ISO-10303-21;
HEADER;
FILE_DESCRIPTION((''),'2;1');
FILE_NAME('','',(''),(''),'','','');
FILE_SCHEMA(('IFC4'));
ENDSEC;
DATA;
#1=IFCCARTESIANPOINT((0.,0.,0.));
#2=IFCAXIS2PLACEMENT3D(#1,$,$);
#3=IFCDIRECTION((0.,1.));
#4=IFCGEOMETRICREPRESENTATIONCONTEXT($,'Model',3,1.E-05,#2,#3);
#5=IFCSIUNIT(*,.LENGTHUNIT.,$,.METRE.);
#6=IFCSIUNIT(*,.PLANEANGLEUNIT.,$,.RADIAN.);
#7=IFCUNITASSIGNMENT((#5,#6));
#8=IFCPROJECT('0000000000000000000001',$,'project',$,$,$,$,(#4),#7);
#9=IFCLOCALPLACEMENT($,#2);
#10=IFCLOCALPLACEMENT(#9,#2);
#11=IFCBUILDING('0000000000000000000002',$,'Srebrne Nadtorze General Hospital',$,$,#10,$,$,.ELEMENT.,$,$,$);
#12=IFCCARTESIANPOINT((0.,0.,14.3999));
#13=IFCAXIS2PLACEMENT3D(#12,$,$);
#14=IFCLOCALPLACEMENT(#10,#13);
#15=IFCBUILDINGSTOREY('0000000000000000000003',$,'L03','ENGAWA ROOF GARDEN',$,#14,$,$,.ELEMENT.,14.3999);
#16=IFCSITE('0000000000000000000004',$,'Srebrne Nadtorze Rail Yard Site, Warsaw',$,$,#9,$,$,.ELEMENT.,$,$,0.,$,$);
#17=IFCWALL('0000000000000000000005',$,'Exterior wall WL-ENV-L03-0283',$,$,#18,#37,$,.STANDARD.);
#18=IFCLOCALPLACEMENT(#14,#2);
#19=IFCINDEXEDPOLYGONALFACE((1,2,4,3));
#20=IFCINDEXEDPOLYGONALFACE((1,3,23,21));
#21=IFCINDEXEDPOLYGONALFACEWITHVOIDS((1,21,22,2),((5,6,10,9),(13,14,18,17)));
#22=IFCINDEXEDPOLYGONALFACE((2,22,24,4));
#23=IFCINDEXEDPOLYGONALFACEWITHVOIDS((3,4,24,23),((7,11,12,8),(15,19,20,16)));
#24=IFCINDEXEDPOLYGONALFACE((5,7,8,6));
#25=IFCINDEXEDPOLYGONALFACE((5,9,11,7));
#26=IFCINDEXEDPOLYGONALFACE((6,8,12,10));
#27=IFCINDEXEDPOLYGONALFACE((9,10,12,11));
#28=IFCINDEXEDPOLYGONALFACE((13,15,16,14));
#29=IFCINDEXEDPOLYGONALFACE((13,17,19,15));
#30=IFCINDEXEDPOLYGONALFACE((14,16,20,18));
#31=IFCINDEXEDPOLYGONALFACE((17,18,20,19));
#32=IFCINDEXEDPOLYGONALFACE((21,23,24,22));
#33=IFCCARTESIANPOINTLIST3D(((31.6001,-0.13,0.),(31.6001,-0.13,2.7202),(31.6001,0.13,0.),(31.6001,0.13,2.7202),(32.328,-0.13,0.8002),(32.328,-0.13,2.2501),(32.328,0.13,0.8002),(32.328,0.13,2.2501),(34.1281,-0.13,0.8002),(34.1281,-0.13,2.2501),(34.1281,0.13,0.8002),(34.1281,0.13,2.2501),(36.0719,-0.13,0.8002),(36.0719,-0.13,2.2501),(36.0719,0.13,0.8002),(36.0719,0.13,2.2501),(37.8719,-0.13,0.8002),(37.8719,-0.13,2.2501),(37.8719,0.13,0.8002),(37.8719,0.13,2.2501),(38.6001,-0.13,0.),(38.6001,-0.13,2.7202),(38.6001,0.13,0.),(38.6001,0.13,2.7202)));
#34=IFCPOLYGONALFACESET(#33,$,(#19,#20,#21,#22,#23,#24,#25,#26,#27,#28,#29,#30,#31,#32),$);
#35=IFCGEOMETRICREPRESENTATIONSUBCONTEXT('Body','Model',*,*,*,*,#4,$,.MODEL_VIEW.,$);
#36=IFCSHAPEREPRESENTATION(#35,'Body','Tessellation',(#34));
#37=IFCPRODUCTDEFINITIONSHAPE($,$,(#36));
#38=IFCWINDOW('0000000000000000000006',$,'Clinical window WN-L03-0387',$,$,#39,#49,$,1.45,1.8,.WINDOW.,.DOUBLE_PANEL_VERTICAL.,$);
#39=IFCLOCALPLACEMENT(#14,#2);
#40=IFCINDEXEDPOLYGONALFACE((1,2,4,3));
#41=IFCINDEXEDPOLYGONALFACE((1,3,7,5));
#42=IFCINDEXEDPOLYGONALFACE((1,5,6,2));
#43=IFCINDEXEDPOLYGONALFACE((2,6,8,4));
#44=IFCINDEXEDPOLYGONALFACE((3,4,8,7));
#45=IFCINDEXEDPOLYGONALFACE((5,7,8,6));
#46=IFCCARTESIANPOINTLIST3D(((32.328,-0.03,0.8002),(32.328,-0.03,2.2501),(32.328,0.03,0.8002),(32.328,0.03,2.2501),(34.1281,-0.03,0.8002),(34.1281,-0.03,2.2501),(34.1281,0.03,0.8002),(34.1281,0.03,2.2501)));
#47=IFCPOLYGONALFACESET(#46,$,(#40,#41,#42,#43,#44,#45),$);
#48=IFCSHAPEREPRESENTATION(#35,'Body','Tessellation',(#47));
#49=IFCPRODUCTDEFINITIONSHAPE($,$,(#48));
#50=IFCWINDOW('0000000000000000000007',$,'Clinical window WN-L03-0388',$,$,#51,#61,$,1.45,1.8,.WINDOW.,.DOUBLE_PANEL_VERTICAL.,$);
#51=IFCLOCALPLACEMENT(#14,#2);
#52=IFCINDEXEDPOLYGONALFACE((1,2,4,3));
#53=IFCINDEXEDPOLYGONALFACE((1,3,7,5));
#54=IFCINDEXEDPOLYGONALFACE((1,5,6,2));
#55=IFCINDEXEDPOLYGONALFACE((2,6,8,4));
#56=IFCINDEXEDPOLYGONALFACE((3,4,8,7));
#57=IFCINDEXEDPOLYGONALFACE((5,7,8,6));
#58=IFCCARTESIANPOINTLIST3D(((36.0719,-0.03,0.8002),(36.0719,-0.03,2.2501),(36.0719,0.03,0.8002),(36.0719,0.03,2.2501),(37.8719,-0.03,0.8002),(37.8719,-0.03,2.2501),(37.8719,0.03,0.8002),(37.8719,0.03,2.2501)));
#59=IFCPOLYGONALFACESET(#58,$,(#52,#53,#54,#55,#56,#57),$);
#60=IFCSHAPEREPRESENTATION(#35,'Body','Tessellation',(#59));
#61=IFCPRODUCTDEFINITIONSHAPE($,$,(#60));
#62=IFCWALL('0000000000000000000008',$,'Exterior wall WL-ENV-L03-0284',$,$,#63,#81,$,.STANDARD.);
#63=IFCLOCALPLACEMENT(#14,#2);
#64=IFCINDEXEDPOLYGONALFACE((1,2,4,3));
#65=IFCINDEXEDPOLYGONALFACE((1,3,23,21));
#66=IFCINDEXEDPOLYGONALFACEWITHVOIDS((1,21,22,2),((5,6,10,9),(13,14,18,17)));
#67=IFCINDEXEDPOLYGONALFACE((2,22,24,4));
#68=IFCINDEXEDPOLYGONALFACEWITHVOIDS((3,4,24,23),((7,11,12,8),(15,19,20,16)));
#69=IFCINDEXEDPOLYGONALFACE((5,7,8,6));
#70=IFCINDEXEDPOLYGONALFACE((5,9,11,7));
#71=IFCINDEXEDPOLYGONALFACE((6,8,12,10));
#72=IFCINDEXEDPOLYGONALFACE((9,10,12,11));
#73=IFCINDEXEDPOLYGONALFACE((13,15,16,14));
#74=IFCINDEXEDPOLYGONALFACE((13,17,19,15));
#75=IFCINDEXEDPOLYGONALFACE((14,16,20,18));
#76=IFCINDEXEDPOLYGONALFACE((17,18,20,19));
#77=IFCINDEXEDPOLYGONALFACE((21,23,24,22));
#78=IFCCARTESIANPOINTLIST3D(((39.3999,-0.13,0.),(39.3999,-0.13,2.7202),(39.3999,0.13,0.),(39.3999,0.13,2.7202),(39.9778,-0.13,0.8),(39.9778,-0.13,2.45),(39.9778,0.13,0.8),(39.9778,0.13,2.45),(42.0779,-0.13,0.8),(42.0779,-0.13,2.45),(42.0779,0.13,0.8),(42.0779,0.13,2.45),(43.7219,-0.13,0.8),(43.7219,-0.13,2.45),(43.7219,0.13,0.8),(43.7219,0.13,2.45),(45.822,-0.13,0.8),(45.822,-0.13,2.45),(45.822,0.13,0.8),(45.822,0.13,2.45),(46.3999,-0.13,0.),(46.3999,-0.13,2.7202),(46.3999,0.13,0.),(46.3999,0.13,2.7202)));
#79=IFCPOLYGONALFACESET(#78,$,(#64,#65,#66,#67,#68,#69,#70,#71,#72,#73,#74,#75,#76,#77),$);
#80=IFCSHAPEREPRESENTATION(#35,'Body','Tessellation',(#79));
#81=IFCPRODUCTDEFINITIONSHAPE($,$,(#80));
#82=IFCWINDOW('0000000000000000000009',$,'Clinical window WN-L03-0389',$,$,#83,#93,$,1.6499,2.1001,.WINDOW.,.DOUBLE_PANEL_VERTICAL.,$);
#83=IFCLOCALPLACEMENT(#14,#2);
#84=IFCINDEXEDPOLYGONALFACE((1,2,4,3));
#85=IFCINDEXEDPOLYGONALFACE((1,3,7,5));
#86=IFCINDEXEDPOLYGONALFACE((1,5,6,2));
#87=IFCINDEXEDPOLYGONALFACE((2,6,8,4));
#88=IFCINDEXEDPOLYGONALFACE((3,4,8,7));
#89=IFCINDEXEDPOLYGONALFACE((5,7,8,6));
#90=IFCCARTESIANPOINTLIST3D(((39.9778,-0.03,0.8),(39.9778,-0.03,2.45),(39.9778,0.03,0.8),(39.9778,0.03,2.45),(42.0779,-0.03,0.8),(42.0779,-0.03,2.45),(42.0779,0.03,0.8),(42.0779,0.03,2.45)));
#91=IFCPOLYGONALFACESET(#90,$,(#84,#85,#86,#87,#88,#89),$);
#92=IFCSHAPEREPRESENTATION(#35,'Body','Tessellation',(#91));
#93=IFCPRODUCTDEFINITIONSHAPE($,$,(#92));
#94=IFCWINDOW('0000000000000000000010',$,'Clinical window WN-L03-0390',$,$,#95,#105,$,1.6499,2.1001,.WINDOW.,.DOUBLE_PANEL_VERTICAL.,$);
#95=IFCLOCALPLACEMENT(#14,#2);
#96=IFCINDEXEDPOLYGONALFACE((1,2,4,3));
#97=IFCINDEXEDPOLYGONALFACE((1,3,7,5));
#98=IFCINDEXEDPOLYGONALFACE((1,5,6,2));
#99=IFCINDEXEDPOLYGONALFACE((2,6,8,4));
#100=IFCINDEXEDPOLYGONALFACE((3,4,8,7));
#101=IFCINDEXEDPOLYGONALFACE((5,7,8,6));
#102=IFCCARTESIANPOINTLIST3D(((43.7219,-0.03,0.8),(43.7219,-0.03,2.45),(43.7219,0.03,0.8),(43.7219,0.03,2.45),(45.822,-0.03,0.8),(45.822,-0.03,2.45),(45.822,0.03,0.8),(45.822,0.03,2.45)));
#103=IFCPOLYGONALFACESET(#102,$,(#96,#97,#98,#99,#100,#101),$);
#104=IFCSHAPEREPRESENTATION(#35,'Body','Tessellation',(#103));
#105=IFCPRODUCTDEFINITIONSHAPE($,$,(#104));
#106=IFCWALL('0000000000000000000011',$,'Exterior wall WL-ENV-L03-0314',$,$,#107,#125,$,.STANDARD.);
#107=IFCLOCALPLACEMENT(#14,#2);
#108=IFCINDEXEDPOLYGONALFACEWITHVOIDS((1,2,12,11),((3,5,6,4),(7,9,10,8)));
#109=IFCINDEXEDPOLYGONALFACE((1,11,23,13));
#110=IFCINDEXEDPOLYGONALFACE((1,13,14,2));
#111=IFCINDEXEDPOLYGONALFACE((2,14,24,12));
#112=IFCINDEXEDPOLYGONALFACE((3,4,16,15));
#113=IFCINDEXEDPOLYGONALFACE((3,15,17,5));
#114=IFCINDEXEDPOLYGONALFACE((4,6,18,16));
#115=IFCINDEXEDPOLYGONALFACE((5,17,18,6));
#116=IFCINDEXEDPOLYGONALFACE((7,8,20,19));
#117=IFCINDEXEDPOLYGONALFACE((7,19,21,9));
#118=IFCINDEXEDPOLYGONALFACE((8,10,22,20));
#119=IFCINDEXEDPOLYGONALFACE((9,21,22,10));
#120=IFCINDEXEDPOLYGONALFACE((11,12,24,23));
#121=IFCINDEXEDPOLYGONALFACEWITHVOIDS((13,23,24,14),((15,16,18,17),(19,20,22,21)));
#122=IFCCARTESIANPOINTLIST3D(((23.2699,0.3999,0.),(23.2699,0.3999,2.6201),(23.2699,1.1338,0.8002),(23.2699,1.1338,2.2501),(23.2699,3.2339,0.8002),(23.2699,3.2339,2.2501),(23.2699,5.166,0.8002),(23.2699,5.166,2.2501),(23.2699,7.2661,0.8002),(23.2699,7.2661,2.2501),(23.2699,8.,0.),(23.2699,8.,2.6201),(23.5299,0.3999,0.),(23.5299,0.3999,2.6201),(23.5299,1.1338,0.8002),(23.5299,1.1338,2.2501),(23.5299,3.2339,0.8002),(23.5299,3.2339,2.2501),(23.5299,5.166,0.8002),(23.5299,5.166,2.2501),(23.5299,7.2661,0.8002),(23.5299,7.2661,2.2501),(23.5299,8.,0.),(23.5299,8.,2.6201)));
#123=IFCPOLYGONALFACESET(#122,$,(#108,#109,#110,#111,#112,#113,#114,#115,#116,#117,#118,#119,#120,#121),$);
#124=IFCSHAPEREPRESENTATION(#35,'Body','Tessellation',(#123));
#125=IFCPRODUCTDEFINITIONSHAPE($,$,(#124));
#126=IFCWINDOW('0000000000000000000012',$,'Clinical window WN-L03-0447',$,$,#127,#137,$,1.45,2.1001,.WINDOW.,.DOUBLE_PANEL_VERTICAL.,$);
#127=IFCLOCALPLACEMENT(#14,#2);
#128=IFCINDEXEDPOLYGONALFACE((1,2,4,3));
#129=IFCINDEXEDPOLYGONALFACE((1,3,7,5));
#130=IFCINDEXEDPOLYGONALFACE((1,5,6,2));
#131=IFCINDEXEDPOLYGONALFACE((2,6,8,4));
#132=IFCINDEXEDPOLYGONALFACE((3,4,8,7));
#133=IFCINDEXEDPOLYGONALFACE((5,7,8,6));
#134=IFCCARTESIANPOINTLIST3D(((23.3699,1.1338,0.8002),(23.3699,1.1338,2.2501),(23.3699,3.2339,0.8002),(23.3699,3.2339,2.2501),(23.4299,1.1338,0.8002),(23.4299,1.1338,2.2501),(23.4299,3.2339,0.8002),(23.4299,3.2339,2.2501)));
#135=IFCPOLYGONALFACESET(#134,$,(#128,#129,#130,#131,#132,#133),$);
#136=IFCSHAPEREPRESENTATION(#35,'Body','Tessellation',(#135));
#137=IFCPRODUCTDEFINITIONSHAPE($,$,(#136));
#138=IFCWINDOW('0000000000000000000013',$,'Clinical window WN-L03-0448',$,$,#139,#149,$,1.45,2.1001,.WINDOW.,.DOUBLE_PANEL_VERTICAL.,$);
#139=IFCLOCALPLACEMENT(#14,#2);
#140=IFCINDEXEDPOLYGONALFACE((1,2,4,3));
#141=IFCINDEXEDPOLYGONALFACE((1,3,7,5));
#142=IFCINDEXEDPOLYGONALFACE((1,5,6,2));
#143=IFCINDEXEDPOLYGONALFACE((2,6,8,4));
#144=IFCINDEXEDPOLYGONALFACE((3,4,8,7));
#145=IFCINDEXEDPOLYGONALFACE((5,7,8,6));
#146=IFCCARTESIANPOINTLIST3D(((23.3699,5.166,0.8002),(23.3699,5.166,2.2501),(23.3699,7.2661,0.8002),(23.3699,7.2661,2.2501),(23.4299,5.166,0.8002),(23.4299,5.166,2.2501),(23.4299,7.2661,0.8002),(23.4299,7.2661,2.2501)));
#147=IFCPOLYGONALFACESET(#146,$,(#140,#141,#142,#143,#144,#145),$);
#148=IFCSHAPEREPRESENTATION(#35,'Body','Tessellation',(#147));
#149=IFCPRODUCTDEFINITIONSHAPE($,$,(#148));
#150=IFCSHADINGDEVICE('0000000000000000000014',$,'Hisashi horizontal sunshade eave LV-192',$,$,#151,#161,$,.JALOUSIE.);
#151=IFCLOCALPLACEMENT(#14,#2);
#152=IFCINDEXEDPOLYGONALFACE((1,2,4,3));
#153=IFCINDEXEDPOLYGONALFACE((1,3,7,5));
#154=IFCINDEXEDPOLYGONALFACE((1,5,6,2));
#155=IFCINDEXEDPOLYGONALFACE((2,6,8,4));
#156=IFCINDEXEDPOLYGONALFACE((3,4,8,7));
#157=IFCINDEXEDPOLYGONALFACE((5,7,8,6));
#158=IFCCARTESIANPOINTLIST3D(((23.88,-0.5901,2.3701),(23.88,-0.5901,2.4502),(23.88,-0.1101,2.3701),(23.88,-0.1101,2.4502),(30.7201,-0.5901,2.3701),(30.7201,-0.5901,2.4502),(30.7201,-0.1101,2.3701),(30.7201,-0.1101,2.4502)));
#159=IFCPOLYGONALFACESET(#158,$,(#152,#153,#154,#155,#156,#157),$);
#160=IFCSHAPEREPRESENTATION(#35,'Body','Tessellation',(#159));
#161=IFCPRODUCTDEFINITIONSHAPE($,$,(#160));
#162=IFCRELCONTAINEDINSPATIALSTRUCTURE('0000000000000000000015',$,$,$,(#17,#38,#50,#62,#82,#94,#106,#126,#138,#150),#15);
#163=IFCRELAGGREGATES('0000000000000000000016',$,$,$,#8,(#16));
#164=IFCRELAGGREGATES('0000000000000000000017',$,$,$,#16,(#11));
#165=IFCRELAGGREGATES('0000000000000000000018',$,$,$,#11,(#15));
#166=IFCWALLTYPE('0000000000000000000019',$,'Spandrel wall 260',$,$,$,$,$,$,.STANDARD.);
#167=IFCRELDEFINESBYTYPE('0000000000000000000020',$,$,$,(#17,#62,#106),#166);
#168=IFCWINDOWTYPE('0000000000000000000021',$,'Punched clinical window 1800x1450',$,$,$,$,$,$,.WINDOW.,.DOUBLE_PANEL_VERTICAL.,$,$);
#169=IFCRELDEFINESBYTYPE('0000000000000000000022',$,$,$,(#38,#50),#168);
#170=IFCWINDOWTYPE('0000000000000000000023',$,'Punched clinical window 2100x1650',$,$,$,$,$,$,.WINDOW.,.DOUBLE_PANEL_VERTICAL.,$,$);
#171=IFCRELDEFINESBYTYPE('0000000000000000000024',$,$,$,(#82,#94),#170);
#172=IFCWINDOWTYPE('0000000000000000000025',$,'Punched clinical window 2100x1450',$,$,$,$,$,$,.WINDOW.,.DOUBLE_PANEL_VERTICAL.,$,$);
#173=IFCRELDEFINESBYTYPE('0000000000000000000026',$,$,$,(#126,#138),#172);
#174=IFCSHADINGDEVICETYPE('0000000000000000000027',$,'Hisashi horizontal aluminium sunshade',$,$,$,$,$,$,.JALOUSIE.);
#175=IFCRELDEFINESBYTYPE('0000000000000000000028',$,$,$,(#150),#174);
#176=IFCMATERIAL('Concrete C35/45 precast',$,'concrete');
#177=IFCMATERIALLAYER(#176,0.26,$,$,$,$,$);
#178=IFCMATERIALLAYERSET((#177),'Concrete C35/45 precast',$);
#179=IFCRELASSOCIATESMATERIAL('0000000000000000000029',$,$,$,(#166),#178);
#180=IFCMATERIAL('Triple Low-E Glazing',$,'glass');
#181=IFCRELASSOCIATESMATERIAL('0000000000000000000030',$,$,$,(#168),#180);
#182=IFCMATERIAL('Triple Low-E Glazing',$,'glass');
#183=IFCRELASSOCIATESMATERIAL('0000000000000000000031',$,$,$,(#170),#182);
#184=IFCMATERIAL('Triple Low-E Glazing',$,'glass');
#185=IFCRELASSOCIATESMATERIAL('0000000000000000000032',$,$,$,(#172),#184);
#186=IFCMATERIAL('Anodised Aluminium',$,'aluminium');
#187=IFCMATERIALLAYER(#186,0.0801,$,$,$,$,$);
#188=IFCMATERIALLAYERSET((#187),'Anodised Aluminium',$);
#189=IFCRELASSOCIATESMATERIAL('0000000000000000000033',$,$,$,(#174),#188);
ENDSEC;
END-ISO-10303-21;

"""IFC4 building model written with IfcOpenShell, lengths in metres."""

from ifc_helpers import new_model, si_unit, direction, frame, frame_2d, origin, origin_2d, place, context, subcontext, project, spatial, rectangle, extrude, material, layer, layer_set, type_object, element, fill, save


model = new_model("IFC4")

# Units and contexts
model_context = context("Model", 3, precision=1e-05, world=origin(), true_north=direction((0.0, 1.0)))
body_context = subcontext(model_context, "Body", "Model", "MODEL_VIEW")
ifc_project = project(units=[si_unit("LENGTHUNIT", "METRE"), si_unit("PLANEANGLEUNIT", "RADIAN")], contexts=[model_context])

# Site, building, storey
site_placement = place(None, origin())
site = spatial("IfcSite", under=ifc_project, at=site_placement, Name="Srebrne Nadtorze Rail Yard Site, Warsaw", CompositionType="ELEMENT", RefElevation=0.0)
building_placement = place(site_placement, origin())
building = spatial("IfcBuilding", under=site, at=building_placement, Name="Srebrne Nadtorze General Hospital", CompositionType="ELEMENT")
storey_placement = place(building_placement, frame((0.0, 0.0, 14.3999)))
storey = spatial("IfcBuildingStorey", under=building, at=storey_placement, Name="L03", Description="ENGAWA ROOF GARDEN", CompositionType="ELEMENT", Elevation=14.3999)

# Walls, openings, windows
ifc_material_1 = material(Name="Concrete C35/45 precast", Category="concrete")
ifc_layer_1 = layer(ifc_material_1, 0.26)
ifc_layer_set_1 = layer_set([ifc_layer_1], Name="Concrete C35/45 precast")
wall_type = type_object("IfcWallType", Name="Spandrel wall 260", PredefinedType="STANDARD", material=ifc_layer_set_1)
wall_1_placement = place(storey_placement, frame((31.6001, 0.0, 0.0), z_axis=(0.0, 0.0, 1.0), x_axis=(1.0, 0.0, 0.0)))
wall_1 = element("IfcWall", 1, at=wall_1_placement, inside=storey, type_object=wall_type, Name="Exterior wall WL-ENV-L03-0283", PredefinedType="STANDARD", context=body_context, shape_type="SweptSolid", body=[
    extrude(rectangle(XDim=7.0, YDim=0.26, at=frame_2d((3.5, 0.0))), origin(), (0.0, 0.0, 1.0), 2.7202),
])
opening_1_placement = place(wall_1_placement, frame((0.728, 0.0, 0.8)))
opening_1 = element("IfcOpeningElement", 2, at=opening_1_placement, cuts=wall_1, PredefinedType="OPENING", context=body_context, shape_type="SweptSolid", body=[
    extrude(rectangle(XDim=1.8, YDim=1.45, at=frame_2d((0.8999, 0.7251))), frame((0.0, 0.1421, 0.0), z_axis=(0.0, -1.0, 0.0), x_axis=(1.0, 0.0, 0.0)), (0.0, 0.0, 1.0), 0.2839),
])
opening_2_placement = place(wall_1_placement, frame((4.4719, 0.0, 0.8)))
opening_2 = element("IfcOpeningElement", 3, at=opening_2_placement, cuts=wall_1, PredefinedType="OPENING", context=body_context, shape_type="SweptSolid", body=[
    extrude(rectangle(XDim=1.8, YDim=1.45, at=frame_2d((0.8999, 0.7251))), frame((0.0, 0.1421, 0.0), z_axis=(0.0, -1.0, 0.0), x_axis=(1.0, 0.0, 0.0)), (0.0, 0.0, 1.0), 0.2839),
])
ifc_material_2 = material(Name="Triple Low-E Glazing", Category="glass")
window_type_1 = type_object("IfcWindowType", Name="Punched clinical window 1800x1450", PartitioningType="DOUBLE_PANEL_VERTICAL", PredefinedType="WINDOW", material=ifc_material_2)
window_1_placement = place(opening_1_placement, origin())
window_1 = element("IfcWindow", 4, at=window_1_placement, inside=storey, type_object=window_type_1, Name="Clinical window WN-L03-0387", OverallHeight=1.45, OverallWidth=1.8, PartitioningType="DOUBLE_PANEL_VERTICAL", PredefinedType="WINDOW", context=body_context, shape_type="SweptSolid", body=[
    extrude(rectangle(XDim=1.8, YDim=1.45, at=frame_2d((0.8999, 0.7251))), frame((0.0, 0.03, 0.0), z_axis=(0.0, -1.0, 0.0), x_axis=(1.0, 0.0, 0.0)), (0.0, 0.0, 1.0), 0.0601),
])
fill(opening_1, window_1)
window_2_placement = place(opening_2_placement, origin())
window_2 = element("IfcWindow", 5, at=window_2_placement, inside=storey, type_object=window_type_1, Name="Clinical window WN-L03-0388", OverallHeight=1.45, OverallWidth=1.8, PartitioningType="DOUBLE_PANEL_VERTICAL", PredefinedType="WINDOW", context=body_context, shape_type="SweptSolid", body=[
    extrude(rectangle(XDim=1.8, YDim=1.45, at=frame_2d((0.8999, 0.7251))), frame((0.0, 0.03, 0.0), z_axis=(0.0, -1.0, 0.0), x_axis=(1.0, 0.0, 0.0)), (0.0, 0.0, 1.0), 0.0601),
])
fill(opening_2, window_2)
wall_2_placement = place(storey_placement, frame((39.3999, 0.0, 0.0), z_axis=(0.0, 0.0, 1.0), x_axis=(1.0, 0.0, 0.0)))
wall_2 = element("IfcWall", 6, at=wall_2_placement, inside=storey, type_object=wall_type, Name="Exterior wall WL-ENV-L03-0284", PredefinedType="STANDARD", context=body_context, shape_type="SweptSolid", body=[
    extrude(rectangle(XDim=7.0, YDim=0.26, at=frame_2d((3.5, 0.0))), origin(), (0.0, 0.0, 1.0), 2.7202),
])
opening_3_placement = place(wall_2_placement, frame((0.5779, 0.0, 0.8)))
opening_3 = element("IfcOpeningElement", 7, at=opening_3_placement, cuts=wall_2, PredefinedType="OPENING", context=body_context, shape_type="SweptSolid", body=[
    extrude(rectangle(XDim=2.1001, YDim=1.6499, at=frame_2d((1.05, 0.825))), frame((0.0, 0.1421, 0.0), z_axis=(0.0, -1.0, 0.0), x_axis=(1.0, 0.0, 0.0)), (0.0, 0.0, 1.0), 0.2839),
])
opening_4_placement = place(wall_2_placement, frame((4.322, 0.0, 0.8)))
opening_4 = element("IfcOpeningElement", 8, at=opening_4_placement, cuts=wall_2, PredefinedType="OPENING", context=body_context, shape_type="SweptSolid", body=[
    extrude(rectangle(XDim=2.1001, YDim=1.6499, at=frame_2d((1.05, 0.825))), frame((0.0, 0.1421, 0.0), z_axis=(0.0, -1.0, 0.0), x_axis=(1.0, 0.0, 0.0)), (0.0, 0.0, 1.0), 0.2839),
])
ifc_material_3 = material(Name="Triple Low-E Glazing", Category="glass")
window_type_2 = type_object("IfcWindowType", Name="Punched clinical window 2100x1650", PartitioningType="DOUBLE_PANEL_VERTICAL", PredefinedType="WINDOW", material=ifc_material_3)
window_3_placement = place(opening_3_placement, origin())
window_3 = element("IfcWindow", 9, at=window_3_placement, inside=storey, type_object=window_type_2, Name="Clinical window WN-L03-0389", OverallHeight=1.6499, OverallWidth=2.1001, PartitioningType="DOUBLE_PANEL_VERTICAL", PredefinedType="WINDOW", context=body_context, shape_type="SweptSolid", body=[
    extrude(rectangle(XDim=2.1001, YDim=1.6499, at=frame_2d((1.05, 0.825))), frame((0.0, 0.03, 0.0), z_axis=(0.0, -1.0, 0.0), x_axis=(1.0, 0.0, 0.0)), (0.0, 0.0, 1.0), 0.0601),
])
fill(opening_3, window_3)
window_4_placement = place(opening_4_placement, origin())
window_4 = element("IfcWindow", 10, at=window_4_placement, inside=storey, type_object=window_type_2, Name="Clinical window WN-L03-0390", OverallHeight=1.6499, OverallWidth=2.1001, PartitioningType="DOUBLE_PANEL_VERTICAL", PredefinedType="WINDOW", context=body_context, shape_type="SweptSolid", body=[
    extrude(rectangle(XDim=2.1001, YDim=1.6499, at=frame_2d((1.05, 0.825))), frame((0.0, 0.03, 0.0), z_axis=(0.0, -1.0, 0.0), x_axis=(1.0, 0.0, 0.0)), (0.0, 0.0, 1.0), 0.0601),
])
fill(opening_4, window_4)
wall_3_placement = place(storey_placement, frame((23.3999, 0.3999, 0.0), z_axis=(0.0, 0.0, 1.0), x_axis=(0.0, 1.0, 0.0)))
wall_3 = element("IfcWall", 11, at=wall_3_placement, inside=storey, type_object=wall_type, Name="Exterior wall WL-ENV-L03-0314", PredefinedType="STANDARD", context=body_context, shape_type="SweptSolid", body=[
    extrude(rectangle(XDim=7.6001, YDim=0.26, at=frame_2d((3.8, 0.0))), origin(), (0.0, 0.0, 1.0), 2.6201),
])
opening_5_placement = place(wall_3_placement, frame((0.7339, 0.0, 0.8)))
opening_5 = element("IfcOpeningElement", 12, at=opening_5_placement, cuts=wall_3, PredefinedType="OPENING", context=body_context, shape_type="SweptSolid", body=[
    extrude(rectangle(XDim=2.1001, YDim=1.45, at=frame_2d((1.05, 0.7251))), frame((0.0, 0.1421, 0.0), z_axis=(0.0, -1.0, 0.0), x_axis=(1.0, 0.0, 0.0)), (0.0, 0.0, 1.0), 0.2839),
])
opening_6_placement = place(wall_3_placement, frame((4.7661, 0.0, 0.8)))
opening_6 = element("IfcOpeningElement", 13, at=opening_6_placement, cuts=wall_3, PredefinedType="OPENING", context=body_context, shape_type="SweptSolid", body=[
    extrude(rectangle(XDim=2.1001, YDim=1.45, at=frame_2d((1.05, 0.7251))), frame((0.0, 0.1421, 0.0), z_axis=(0.0, -1.0, 0.0), x_axis=(1.0, 0.0, 0.0)), (0.0, 0.0, 1.0), 0.2839),
])
ifc_material_4 = material(Name="Triple Low-E Glazing", Category="glass")
window_type_3 = type_object("IfcWindowType", Name="Punched clinical window 2100x1450", PartitioningType="DOUBLE_PANEL_VERTICAL", PredefinedType="WINDOW", material=ifc_material_4)
window_5_placement = place(opening_5_placement, origin())
window_5 = element("IfcWindow", 14, at=window_5_placement, inside=storey, type_object=window_type_3, Name="Clinical window WN-L03-0447", OverallHeight=1.45, OverallWidth=2.1001, PartitioningType="DOUBLE_PANEL_VERTICAL", PredefinedType="WINDOW", context=body_context, shape_type="SweptSolid", body=[
    extrude(rectangle(XDim=2.1001, YDim=1.45, at=frame_2d((1.05, 0.7251))), frame((0.0, 0.03, 0.0), z_axis=(0.0, -1.0, 0.0), x_axis=(1.0, 0.0, 0.0)), (0.0, 0.0, 1.0), 0.0601),
])
fill(opening_5, window_5)
window_6_placement = place(opening_6_placement, origin())
window_6 = element("IfcWindow", 15, at=window_6_placement, inside=storey, type_object=window_type_3, Name="Clinical window WN-L03-0448", OverallHeight=1.45, OverallWidth=2.1001, PartitioningType="DOUBLE_PANEL_VERTICAL", PredefinedType="WINDOW", context=body_context, shape_type="SweptSolid", body=[
    extrude(rectangle(XDim=2.1001, YDim=1.45, at=frame_2d((1.05, 0.7251))), frame((0.0, 0.03, 0.0), z_axis=(0.0, -1.0, 0.0), x_axis=(1.0, 0.0, 0.0)), (0.0, 0.0, 1.0), 0.0601),
])
fill(opening_6, window_6)

# Shading device
ifc_material_5 = material(Name="Anodised Aluminium", Category="aluminium")
ifc_layer_2 = layer(ifc_material_5, 0.0801)
ifc_layer_set_2 = layer_set([ifc_layer_2], Name="Anodised Aluminium")
shading_device_type = type_object("IfcShadingDeviceType", Name="Hisashi horizontal aluminium sunshade", PredefinedType="JALOUSIE", material=ifc_layer_set_2)
for number, where, z_axis, x_axis, name in (
    (16, (27.3, -0.3501, 2.3701), (0.0, 0.0, 1.0), (1.0, 0.0, 0.0), "Hisashi horizontal sunshade eave LV-192"),
):
    element("IfcShadingDevice", number, at=place(storey_placement, frame(where, z_axis=z_axis, x_axis=x_axis)), inside=storey, type_object=shading_device_type, Name=name, PredefinedType="JALOUSIE", context=body_context, shape_type="SweptSolid", body=[
        extrude(rectangle(XDim=6.8401, YDim=0.48, at=origin_2d()), origin(), (0.0, 0.0, 1.0), 0.0801),
    ])

save(model, "model.ifc")
